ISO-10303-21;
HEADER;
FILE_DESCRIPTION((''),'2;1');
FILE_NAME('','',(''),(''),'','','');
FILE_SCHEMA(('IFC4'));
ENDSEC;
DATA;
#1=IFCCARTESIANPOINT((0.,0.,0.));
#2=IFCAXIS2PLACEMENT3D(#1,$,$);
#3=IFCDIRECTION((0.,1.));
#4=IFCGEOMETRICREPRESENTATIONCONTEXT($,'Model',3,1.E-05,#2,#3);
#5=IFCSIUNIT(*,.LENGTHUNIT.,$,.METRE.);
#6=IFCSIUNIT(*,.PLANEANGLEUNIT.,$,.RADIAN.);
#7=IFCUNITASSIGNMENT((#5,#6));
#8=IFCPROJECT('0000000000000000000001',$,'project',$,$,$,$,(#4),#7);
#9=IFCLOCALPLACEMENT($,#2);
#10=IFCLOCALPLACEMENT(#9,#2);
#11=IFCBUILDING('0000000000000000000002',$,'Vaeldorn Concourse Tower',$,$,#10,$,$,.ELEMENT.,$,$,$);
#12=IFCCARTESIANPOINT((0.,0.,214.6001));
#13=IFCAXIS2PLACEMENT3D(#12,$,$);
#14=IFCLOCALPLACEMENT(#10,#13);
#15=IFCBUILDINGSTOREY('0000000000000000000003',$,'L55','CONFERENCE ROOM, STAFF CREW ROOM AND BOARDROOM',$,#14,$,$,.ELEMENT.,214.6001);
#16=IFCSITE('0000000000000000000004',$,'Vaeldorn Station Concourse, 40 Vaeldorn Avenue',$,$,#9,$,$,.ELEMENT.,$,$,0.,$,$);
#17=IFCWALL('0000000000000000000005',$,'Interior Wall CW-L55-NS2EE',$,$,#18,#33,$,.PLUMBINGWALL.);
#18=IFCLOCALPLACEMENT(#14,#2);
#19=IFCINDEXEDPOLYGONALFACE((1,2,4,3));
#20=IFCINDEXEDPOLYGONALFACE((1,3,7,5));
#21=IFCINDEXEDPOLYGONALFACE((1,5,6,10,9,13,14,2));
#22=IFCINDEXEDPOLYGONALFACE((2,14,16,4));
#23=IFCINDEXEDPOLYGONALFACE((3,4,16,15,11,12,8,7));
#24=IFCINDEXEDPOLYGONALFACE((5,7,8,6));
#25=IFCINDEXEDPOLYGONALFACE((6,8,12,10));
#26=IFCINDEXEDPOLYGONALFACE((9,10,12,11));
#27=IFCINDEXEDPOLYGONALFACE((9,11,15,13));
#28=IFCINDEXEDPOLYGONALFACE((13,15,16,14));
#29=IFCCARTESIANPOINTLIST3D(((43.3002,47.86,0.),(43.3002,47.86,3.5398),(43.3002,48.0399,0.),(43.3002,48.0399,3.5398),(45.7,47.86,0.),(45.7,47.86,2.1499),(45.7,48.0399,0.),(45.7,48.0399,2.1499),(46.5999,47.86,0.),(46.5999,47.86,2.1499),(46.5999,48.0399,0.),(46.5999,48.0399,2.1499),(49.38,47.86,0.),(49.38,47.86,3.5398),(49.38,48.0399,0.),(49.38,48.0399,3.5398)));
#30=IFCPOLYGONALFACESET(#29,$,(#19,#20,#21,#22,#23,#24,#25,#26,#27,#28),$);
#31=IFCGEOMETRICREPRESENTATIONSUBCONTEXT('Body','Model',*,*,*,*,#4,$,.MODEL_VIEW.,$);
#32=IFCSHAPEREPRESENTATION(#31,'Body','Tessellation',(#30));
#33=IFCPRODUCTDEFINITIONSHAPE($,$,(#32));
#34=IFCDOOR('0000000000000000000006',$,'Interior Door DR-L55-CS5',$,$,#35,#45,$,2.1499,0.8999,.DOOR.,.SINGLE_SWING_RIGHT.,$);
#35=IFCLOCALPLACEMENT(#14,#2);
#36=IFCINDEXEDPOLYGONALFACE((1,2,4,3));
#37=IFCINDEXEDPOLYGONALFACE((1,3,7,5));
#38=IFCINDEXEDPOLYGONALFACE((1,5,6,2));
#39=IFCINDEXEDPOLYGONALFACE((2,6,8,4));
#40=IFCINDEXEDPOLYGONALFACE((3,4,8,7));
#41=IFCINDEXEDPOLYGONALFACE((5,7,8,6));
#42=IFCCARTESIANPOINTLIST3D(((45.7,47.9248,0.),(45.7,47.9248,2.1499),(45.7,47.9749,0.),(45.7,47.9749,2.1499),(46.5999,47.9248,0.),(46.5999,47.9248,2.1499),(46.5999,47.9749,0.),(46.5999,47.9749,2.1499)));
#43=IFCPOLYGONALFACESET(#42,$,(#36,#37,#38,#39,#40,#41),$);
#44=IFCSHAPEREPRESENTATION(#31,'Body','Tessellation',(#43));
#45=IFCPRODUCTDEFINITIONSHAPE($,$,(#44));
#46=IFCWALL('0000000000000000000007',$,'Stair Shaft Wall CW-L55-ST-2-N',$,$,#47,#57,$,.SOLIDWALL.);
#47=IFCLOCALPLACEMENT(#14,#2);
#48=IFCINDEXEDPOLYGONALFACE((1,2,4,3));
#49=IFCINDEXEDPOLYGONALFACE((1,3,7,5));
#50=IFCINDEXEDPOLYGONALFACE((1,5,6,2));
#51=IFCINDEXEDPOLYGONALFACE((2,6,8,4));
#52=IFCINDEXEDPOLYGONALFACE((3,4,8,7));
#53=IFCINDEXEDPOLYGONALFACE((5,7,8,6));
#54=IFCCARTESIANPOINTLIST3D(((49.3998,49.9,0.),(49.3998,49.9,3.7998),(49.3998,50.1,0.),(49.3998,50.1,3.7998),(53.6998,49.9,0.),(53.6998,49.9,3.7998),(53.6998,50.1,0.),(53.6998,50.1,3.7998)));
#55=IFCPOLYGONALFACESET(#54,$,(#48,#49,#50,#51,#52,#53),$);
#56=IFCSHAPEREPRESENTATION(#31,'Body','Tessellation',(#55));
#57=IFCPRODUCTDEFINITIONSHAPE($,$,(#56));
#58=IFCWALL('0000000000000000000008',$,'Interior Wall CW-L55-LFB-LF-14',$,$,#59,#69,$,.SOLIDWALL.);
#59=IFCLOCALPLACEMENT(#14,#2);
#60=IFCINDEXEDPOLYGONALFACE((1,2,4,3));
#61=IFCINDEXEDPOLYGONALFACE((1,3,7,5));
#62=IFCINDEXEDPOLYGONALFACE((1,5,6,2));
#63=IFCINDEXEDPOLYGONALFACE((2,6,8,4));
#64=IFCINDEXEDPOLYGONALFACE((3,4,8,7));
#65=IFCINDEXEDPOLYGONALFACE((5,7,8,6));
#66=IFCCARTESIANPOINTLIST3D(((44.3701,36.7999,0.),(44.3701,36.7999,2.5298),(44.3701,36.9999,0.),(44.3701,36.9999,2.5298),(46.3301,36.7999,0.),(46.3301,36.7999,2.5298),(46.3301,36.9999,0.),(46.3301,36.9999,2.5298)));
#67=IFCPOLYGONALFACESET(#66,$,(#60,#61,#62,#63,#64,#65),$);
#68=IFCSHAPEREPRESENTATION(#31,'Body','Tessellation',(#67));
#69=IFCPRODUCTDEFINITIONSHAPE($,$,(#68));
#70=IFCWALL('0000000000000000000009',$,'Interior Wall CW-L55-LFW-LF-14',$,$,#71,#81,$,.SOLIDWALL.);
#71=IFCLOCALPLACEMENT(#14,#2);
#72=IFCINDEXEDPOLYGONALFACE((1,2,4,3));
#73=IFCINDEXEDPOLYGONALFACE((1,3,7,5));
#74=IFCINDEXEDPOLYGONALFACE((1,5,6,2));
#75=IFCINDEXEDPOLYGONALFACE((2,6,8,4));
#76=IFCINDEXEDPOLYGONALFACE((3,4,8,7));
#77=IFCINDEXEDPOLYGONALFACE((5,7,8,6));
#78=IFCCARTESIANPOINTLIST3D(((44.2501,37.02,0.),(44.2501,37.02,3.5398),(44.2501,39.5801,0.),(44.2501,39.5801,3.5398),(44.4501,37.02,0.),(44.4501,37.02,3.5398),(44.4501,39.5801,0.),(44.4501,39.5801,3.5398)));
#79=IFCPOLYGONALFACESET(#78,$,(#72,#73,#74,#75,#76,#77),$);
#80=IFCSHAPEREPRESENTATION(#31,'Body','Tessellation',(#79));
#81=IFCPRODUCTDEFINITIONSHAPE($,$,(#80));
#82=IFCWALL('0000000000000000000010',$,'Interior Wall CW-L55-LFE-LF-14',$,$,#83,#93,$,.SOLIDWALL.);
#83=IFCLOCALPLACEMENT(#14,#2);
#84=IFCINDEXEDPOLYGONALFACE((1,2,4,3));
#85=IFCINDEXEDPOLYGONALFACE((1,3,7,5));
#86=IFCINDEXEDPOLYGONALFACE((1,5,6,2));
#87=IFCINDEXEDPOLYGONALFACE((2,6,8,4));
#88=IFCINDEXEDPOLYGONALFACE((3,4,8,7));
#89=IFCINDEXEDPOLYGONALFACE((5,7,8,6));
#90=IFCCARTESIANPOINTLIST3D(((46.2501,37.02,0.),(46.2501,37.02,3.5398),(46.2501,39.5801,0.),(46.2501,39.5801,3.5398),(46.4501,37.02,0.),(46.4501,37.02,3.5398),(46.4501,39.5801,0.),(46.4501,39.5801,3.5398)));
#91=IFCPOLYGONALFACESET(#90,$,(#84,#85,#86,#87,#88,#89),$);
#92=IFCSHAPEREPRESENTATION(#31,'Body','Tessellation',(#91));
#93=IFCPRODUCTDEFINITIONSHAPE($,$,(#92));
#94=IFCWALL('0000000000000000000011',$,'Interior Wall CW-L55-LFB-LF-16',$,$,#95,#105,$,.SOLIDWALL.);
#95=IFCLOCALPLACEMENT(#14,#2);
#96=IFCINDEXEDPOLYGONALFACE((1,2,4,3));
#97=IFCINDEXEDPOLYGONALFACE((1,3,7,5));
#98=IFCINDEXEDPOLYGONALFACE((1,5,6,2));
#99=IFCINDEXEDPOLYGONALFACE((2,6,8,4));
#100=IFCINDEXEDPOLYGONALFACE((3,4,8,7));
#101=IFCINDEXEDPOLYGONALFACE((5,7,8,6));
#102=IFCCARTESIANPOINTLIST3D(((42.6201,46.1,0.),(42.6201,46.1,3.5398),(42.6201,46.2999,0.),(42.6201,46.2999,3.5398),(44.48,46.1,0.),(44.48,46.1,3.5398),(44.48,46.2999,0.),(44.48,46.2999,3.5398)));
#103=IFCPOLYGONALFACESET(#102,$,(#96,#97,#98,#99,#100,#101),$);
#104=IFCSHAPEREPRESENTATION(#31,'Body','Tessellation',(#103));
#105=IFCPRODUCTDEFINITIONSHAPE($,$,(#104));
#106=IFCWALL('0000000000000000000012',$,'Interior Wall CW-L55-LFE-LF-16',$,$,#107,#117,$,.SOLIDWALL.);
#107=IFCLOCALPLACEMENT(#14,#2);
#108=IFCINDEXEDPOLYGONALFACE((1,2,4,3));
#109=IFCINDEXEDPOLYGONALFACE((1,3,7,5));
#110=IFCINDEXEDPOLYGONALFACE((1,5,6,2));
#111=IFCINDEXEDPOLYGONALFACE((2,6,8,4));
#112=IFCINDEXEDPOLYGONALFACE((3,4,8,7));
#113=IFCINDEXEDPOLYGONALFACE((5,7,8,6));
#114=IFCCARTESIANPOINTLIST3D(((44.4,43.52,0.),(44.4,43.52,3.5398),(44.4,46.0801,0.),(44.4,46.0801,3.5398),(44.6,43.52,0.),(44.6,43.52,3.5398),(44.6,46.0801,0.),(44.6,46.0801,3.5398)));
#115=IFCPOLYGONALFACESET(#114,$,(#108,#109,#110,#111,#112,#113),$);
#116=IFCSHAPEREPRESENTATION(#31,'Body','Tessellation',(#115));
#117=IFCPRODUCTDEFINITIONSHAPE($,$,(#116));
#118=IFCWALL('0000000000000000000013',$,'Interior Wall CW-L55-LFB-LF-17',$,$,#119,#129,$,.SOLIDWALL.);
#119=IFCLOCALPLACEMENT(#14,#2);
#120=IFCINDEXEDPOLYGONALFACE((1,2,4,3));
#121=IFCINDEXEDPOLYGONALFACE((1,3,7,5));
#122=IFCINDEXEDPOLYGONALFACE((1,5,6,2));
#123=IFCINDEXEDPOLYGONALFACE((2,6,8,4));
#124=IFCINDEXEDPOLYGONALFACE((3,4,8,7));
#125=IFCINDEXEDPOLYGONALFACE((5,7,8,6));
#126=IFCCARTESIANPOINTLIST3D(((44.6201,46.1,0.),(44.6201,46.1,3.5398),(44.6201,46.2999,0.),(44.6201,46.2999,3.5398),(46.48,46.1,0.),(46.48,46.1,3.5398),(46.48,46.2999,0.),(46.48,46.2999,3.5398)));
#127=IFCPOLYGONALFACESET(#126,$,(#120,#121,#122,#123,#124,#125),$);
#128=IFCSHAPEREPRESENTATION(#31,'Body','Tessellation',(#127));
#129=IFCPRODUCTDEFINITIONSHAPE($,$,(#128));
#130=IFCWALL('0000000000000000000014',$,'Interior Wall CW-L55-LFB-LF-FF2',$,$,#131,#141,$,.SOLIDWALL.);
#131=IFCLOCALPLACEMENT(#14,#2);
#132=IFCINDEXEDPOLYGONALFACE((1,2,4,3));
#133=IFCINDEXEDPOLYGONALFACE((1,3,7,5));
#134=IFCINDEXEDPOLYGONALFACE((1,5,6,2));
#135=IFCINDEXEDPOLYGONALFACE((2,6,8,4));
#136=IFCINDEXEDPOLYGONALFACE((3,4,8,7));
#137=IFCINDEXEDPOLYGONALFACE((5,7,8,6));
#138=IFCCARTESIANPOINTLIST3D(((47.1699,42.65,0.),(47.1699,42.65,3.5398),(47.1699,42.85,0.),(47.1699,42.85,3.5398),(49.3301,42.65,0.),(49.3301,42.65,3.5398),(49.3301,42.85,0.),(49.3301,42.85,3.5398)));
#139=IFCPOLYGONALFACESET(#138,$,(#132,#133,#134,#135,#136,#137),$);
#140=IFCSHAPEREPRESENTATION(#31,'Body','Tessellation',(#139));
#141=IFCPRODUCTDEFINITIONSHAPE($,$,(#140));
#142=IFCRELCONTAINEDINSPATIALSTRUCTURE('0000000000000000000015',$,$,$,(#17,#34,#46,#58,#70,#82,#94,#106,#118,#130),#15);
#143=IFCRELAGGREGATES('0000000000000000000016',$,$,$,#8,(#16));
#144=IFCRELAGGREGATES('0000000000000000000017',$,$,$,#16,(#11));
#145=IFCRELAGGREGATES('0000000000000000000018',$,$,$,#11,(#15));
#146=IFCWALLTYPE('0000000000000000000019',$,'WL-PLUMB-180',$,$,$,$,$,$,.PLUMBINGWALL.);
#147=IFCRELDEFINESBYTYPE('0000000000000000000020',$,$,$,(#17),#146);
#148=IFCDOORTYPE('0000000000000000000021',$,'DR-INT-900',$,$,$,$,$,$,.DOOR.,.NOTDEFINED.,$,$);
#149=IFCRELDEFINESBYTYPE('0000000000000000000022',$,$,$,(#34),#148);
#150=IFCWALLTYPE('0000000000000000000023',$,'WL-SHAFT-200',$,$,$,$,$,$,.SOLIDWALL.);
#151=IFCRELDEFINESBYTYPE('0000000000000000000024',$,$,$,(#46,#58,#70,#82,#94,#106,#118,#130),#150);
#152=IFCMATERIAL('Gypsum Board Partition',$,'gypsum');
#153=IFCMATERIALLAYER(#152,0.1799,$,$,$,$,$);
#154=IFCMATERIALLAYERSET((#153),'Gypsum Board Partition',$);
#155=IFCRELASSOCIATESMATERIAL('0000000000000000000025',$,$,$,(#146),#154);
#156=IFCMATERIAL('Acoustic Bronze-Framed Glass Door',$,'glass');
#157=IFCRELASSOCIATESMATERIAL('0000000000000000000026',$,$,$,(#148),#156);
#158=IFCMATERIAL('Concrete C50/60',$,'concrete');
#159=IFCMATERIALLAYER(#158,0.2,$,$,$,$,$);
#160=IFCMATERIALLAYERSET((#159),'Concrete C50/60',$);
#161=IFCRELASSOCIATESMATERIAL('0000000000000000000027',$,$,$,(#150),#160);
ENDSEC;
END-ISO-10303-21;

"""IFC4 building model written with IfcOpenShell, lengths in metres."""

from ifc_helpers import new_model, si_unit, direction, frame, frame_2d, origin, place, context, subcontext, project, spatial, rectangle, extrude, source, transform, mapped, material, layer, layer_set, type_object, element, fill, save


model = new_model("IFC4")

# Units and contexts
model_context = context("Model", 3, precision=1e-05, world=origin(), true_north=direction((0.0, 1.0)))
body_context = subcontext(model_context, "Body", "Model", "MODEL_VIEW")
ifc_project = project(units=[si_unit("LENGTHUNIT", "METRE"), si_unit("PLANEANGLEUNIT", "RADIAN")], contexts=[model_context])

# Site, building, storey
site_placement = place(None, origin())
site = spatial("IfcSite", under=ifc_project, at=site_placement, Name="Vaeldorn Station Concourse, 40 Vaeldorn Avenue", CompositionType="ELEMENT", RefElevation=0.0)
building_placement = place(site_placement, origin())
building = spatial("IfcBuilding", under=site, at=building_placement, Name="Vaeldorn Concourse Tower", CompositionType="ELEMENT")
storey_placement = place(building_placement, frame((0.0, 0.0, 214.6001)))
storey = spatial("IfcBuildingStorey", under=building, at=storey_placement, Name="L55", Description="CONFERENCE ROOM, STAFF CREW ROOM AND BOARDROOM", CompositionType="ELEMENT", Elevation=214.6001)

# Shared definitions
ifc_material_1 = material(Name="Concrete C50/60", Category="concrete")

# Shared definitions
ifc_material_2 = material(Name="Gypsum Board Partition", Category="gypsum")

# Shared definitions
ifc_layer_1 = layer(ifc_material_2, 0.1799)
ifc_layer_set_1 = layer_set([ifc_layer_1], Name="Gypsum Board Partition")
wall_type_1 = type_object("IfcWallType", Name="WL-PLUMB-180", PredefinedType="PLUMBINGWALL", material=ifc_layer_set_1)

# Wall, opening, door
wall_1_placement = place(storey_placement, frame((43.3, 47.95, 0.0), z_axis=(0.0, 0.0, 1.0), x_axis=(1.0, 0.0, 0.0)))
wall_1 = element("IfcWall", 1, at=wall_1_placement, inside=storey, type_object=wall_type_1, Name="Interior Wall CW-L55-NS2EE", PredefinedType="PLUMBINGWALL", context=body_context, shape_type="SweptSolid", body=[
    extrude(rectangle(XDim=6.0798, YDim=0.1799, at=frame_2d((3.04, 0.0))), origin(), (0.0, 0.0, 1.0), 3.5398),
])
opening_1_placement = place(wall_1_placement, frame((2.3999, 0.0, 0.0)))
opening_1 = element("IfcOpeningElement", 2, at=opening_1_placement, cuts=wall_1, PredefinedType="OPENING", context=body_context, shape_type="SweptSolid", body=[
    extrude(rectangle(XDim=0.8999, YDim=2.1499, at=frame_2d((0.45, 1.075))), frame((0.0, 0.1001, 0.0), z_axis=(0.0, -1.0, 0.0), x_axis=(1.0, 0.0, 0.0)), (0.0, 0.0, 1.0), 0.2),
])
ifc_material_3 = material(Name="Acoustic Bronze-Framed Glass Door", Category="glass")
door_type_1 = type_object("IfcDoorType", Name="DR-INT-900", OperationType="NOTDEFINED", PredefinedType="DOOR", material=ifc_material_3)
shared_shape_1 = source(origin(), body_context, "Body", "SweptSolid", [
    extrude(rectangle(XDim=0.8999, YDim=2.1499, at=frame_2d((0.45, 1.075))), frame((0.0, 0.0249, 0.0), z_axis=(0.0, -1.0, 0.0), x_axis=(1.0, 0.0, 0.0)), (0.0, 0.0, 1.0), 0.05),
])
door_1_placement = place(opening_1_placement, origin())
door_1 = element("IfcDoor", 3, at=door_1_placement, inside=storey, type_object=door_type_1, Name="Interior Door DR-L55-CS5", OperationType="SINGLE_SWING_RIGHT", OverallHeight=2.1499, OverallWidth=0.8999, PredefinedType="DOOR", context=body_context, shape_type="MappedRepresentation", body=[
    mapped(shared_shape_1, transform((0.0, 0.0, 0.0), scale=1.0)),
])
fill(opening_1, door_1)
ifc_layer_2 = layer(ifc_material_1, 0.2)
ifc_layer_set_2 = layer_set([ifc_layer_2], Name="Concrete C50/60")
wall_type_2 = type_object("IfcWallType", Name="WL-SHAFT-200", PredefinedType="SOLIDWALL", material=ifc_layer_set_2)

# Wall
wall_2_placement = place(storey_placement, frame((49.3999, 50.0, 0.0), z_axis=(0.0, 0.0, 1.0), x_axis=(1.0, 0.0, 0.0)))
element("IfcWall", 4, at=wall_2_placement, inside=storey, type_object=wall_type_2, Name="Stair Shaft Wall CW-L55-ST-2-N", PredefinedType="SOLIDWALL", context=body_context, shape_type="SweptSolid", body=[
    extrude(rectangle(XDim=4.3, YDim=0.2, at=frame_2d((2.1499, 0.0))), origin(), (0.0, 0.0, 1.0), 3.7998),
])

# Walls
wall_3_placement = place(storey_placement, frame((44.3701, 36.8999, 0.0), z_axis=(0.0, 0.0, 1.0), x_axis=(1.0, 0.0, 0.0)))
element("IfcWall", 5, at=wall_3_placement, inside=storey, type_object=wall_type_2, Name="Interior Wall CW-L55-LFB-LF-14", PredefinedType="SOLIDWALL", context=body_context, shape_type="SweptSolid", body=[
    extrude(rectangle(XDim=1.96, YDim=0.2, at=frame_2d((0.98, 0.0))), origin(), (0.0, 0.0, 1.0), 2.5298),
])
for number, where, z_axis, x_axis, name in (
    (6, (44.3501, 37.02, 0.0), (0.0, 0.0, 1.0), (0.0, 1.0, 0.0), "Interior Wall CW-L55-LFW-LF-14"),
    (7, (46.3501, 37.02, 0.0), (0.0, 0.0, 1.0), (0.0, 1.0, 0.0), "Interior Wall CW-L55-LFE-LF-14"),
):
    element("IfcWall", number, at=place(storey_placement, frame(where, z_axis=z_axis, x_axis=x_axis)), inside=storey, type_object=wall_type_2, Name=name, PredefinedType="SOLIDWALL", context=body_context, shape_type="SweptSolid", body=[
        extrude(rectangle(XDim=2.5601, YDim=0.2, at=frame_2d((1.28, 0.0))), origin(), (0.0, 0.0, 1.0), 3.5398),
    ])
wall_4_placement = place(storey_placement, frame((42.6201, 46.2, 0.0), z_axis=(0.0, 0.0, 1.0), x_axis=(1.0, 0.0, 0.0)))
element("IfcWall", 8, at=wall_4_placement, inside=storey, type_object=wall_type_2, Name="Interior Wall CW-L55-LFB-LF-16", PredefinedType="SOLIDWALL", context=body_context, shape_type="SweptSolid", body=[
    extrude(rectangle(XDim=1.8599, YDim=0.2, at=frame_2d((0.9299, 0.0))), origin(), (0.0, 0.0, 1.0), 3.5398),
])
wall_5_placement = place(storey_placement, frame((44.5, 43.52, 0.0), z_axis=(0.0, 0.0, 1.0), x_axis=(0.0, 1.0, 0.0)))
element("IfcWall", 9, at=wall_5_placement, inside=storey, type_object=wall_type_2, Name="Interior Wall CW-L55-LFE-LF-16", PredefinedType="SOLIDWALL", context=body_context, shape_type="SweptSolid", body=[
    extrude(rectangle(XDim=2.5601, YDim=0.2, at=frame_2d((1.28, 0.0))), origin(), (0.0, 0.0, 1.0), 3.5398),
])

# Wall
wall_6_placement = place(storey_placement, frame((44.6201, 46.2, 0.0), z_axis=(0.0, 0.0, 1.0), x_axis=(1.0, 0.0, 0.0)))
element("IfcWall", 10, at=wall_6_placement, inside=storey, type_object=wall_type_2, Name="Interior Wall CW-L55-LFB-LF-17", PredefinedType="SOLIDWALL", context=body_context, shape_type="SweptSolid", body=[
    extrude(rectangle(XDim=1.8599, YDim=0.2, at=frame_2d((0.9299, 0.0))), origin(), (0.0, 0.0, 1.0), 3.5398),
])

# Wall
wall_7_placement = place(storey_placement, frame((47.1699, 42.75, 0.0), z_axis=(0.0, 0.0, 1.0), x_axis=(1.0, 0.0, 0.0)))
element("IfcWall", 11, at=wall_7_placement, inside=storey, type_object=wall_type_2, Name="Interior Wall CW-L55-LFB-LF-FF2", PredefinedType="SOLIDWALL", context=body_context, shape_type="SweptSolid", body=[
    extrude(rectangle(XDim=2.1602, YDim=0.2, at=frame_2d((1.0801, 0.0))), origin(), (0.0, 0.0, 1.0), 3.5398),
])

save(model, "model.ifc")
